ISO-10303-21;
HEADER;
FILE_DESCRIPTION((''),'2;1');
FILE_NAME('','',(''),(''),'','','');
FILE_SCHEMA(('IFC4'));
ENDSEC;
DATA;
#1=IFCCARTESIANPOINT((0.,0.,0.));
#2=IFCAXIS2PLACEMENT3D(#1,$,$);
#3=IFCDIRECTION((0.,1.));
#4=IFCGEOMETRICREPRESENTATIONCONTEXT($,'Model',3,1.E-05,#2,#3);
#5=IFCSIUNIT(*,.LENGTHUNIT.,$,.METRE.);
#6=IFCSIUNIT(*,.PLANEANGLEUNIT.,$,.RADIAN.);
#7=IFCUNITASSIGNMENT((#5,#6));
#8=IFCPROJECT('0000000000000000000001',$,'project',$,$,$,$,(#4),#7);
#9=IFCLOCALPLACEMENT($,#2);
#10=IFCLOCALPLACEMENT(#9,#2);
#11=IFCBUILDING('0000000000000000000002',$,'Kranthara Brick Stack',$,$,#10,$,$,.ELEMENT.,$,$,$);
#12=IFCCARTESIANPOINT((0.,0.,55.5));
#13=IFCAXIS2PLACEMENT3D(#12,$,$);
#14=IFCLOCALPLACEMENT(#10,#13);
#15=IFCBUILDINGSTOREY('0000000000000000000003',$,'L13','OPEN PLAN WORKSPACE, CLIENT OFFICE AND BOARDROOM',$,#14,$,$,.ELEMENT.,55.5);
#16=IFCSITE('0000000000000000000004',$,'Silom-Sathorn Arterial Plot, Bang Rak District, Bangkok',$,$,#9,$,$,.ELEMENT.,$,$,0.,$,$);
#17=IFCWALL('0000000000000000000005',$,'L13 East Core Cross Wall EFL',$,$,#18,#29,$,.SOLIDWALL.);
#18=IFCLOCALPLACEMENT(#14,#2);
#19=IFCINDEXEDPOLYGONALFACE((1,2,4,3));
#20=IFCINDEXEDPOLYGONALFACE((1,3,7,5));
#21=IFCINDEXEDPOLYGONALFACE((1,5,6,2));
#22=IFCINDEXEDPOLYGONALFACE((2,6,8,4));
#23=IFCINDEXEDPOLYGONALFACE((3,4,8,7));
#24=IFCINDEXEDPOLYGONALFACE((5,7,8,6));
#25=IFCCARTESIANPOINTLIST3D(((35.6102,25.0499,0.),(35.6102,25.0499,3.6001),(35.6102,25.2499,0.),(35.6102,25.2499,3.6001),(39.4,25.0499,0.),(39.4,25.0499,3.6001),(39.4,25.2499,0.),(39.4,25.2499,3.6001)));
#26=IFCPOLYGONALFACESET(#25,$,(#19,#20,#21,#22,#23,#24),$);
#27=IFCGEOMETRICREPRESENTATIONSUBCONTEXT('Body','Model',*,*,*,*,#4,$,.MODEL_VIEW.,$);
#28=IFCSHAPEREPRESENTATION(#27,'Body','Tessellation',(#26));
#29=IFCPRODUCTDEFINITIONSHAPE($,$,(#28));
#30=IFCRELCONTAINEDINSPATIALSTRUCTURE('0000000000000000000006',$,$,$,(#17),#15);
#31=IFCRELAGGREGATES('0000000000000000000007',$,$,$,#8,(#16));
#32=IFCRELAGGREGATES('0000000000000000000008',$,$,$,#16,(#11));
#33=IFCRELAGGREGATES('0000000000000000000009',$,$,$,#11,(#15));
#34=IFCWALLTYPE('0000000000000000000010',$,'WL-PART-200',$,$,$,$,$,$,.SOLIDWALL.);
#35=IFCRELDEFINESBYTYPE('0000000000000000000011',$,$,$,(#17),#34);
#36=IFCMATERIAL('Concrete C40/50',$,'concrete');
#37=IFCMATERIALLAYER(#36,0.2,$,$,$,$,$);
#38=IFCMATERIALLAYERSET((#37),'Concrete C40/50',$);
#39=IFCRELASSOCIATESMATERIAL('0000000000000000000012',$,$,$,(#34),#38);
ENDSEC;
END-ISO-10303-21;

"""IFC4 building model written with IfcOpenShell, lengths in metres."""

from ifc_helpers import new_model, si_unit, direction, frame, frame_2d, origin, place, context, subcontext, project, spatial, rectangle, extrude, material, layer, layer_set, type_object, element, save


model = new_model("IFC4")

# Units and contexts
model_context = context("Model", 3, precision=1e-05, world=origin(), true_north=direction((0.0, 1.0)))
body_context = subcontext(model_context, "Body", "Model", "MODEL_VIEW")
ifc_project = project(units=[si_unit("LENGTHUNIT", "METRE"), si_unit("PLANEANGLEUNIT", "RADIAN")], contexts=[model_context])

# Site, building, storey
site_placement = place(None, origin())
site = spatial("IfcSite", under=ifc_project, at=site_placement, Name="Silom-Sathorn Arterial Plot, Bang Rak District, Bangkok", CompositionType="ELEMENT", RefElevation=0.0)
building_placement = place(site_placement, origin())
building = spatial("IfcBuilding", under=site, at=building_placement, Name="Kranthara Brick Stack", CompositionType="ELEMENT")
storey_placement = place(building_placement, frame((0.0, 0.0, 55.5)))
storey = spatial("IfcBuildingStorey", under=building, at=storey_placement, Name="L13", Description="OPEN PLAN WORKSPACE, CLIENT OFFICE AND BOARDROOM", CompositionType="ELEMENT", Elevation=55.5)

# Wall
ifc_material_1 = material(Name="Concrete C40/50", Category="concrete")
ifc_layer_1 = layer(ifc_material_1, 0.2)
ifc_layer_set_1 = layer_set([ifc_layer_1], Name="Concrete C40/50")
wall_type_1 = type_object("IfcWallType", Name="WL-PART-200", PredefinedType="SOLIDWALL", material=ifc_layer_set_1)
wall_1_placement = place(storey_placement, frame((35.6101, 25.1499, 0.0), z_axis=(0.0, 0.0, 1.0), x_axis=(1.0, 0.0, 0.0)))
element("IfcWall", 1, at=wall_1_placement, inside=storey, type_object=wall_type_1, Name="L13 East Core Cross Wall EFL", PredefinedType="SOLIDWALL", context=body_context, shape_type="SweptSolid", body=[
    extrude(rectangle(XDim=3.7898, YDim=0.2, at=frame_2d((1.895, 0.0))), origin(), (0.0, 0.0, 1.0), 3.6001),
])

save(model, "model.ifc")
